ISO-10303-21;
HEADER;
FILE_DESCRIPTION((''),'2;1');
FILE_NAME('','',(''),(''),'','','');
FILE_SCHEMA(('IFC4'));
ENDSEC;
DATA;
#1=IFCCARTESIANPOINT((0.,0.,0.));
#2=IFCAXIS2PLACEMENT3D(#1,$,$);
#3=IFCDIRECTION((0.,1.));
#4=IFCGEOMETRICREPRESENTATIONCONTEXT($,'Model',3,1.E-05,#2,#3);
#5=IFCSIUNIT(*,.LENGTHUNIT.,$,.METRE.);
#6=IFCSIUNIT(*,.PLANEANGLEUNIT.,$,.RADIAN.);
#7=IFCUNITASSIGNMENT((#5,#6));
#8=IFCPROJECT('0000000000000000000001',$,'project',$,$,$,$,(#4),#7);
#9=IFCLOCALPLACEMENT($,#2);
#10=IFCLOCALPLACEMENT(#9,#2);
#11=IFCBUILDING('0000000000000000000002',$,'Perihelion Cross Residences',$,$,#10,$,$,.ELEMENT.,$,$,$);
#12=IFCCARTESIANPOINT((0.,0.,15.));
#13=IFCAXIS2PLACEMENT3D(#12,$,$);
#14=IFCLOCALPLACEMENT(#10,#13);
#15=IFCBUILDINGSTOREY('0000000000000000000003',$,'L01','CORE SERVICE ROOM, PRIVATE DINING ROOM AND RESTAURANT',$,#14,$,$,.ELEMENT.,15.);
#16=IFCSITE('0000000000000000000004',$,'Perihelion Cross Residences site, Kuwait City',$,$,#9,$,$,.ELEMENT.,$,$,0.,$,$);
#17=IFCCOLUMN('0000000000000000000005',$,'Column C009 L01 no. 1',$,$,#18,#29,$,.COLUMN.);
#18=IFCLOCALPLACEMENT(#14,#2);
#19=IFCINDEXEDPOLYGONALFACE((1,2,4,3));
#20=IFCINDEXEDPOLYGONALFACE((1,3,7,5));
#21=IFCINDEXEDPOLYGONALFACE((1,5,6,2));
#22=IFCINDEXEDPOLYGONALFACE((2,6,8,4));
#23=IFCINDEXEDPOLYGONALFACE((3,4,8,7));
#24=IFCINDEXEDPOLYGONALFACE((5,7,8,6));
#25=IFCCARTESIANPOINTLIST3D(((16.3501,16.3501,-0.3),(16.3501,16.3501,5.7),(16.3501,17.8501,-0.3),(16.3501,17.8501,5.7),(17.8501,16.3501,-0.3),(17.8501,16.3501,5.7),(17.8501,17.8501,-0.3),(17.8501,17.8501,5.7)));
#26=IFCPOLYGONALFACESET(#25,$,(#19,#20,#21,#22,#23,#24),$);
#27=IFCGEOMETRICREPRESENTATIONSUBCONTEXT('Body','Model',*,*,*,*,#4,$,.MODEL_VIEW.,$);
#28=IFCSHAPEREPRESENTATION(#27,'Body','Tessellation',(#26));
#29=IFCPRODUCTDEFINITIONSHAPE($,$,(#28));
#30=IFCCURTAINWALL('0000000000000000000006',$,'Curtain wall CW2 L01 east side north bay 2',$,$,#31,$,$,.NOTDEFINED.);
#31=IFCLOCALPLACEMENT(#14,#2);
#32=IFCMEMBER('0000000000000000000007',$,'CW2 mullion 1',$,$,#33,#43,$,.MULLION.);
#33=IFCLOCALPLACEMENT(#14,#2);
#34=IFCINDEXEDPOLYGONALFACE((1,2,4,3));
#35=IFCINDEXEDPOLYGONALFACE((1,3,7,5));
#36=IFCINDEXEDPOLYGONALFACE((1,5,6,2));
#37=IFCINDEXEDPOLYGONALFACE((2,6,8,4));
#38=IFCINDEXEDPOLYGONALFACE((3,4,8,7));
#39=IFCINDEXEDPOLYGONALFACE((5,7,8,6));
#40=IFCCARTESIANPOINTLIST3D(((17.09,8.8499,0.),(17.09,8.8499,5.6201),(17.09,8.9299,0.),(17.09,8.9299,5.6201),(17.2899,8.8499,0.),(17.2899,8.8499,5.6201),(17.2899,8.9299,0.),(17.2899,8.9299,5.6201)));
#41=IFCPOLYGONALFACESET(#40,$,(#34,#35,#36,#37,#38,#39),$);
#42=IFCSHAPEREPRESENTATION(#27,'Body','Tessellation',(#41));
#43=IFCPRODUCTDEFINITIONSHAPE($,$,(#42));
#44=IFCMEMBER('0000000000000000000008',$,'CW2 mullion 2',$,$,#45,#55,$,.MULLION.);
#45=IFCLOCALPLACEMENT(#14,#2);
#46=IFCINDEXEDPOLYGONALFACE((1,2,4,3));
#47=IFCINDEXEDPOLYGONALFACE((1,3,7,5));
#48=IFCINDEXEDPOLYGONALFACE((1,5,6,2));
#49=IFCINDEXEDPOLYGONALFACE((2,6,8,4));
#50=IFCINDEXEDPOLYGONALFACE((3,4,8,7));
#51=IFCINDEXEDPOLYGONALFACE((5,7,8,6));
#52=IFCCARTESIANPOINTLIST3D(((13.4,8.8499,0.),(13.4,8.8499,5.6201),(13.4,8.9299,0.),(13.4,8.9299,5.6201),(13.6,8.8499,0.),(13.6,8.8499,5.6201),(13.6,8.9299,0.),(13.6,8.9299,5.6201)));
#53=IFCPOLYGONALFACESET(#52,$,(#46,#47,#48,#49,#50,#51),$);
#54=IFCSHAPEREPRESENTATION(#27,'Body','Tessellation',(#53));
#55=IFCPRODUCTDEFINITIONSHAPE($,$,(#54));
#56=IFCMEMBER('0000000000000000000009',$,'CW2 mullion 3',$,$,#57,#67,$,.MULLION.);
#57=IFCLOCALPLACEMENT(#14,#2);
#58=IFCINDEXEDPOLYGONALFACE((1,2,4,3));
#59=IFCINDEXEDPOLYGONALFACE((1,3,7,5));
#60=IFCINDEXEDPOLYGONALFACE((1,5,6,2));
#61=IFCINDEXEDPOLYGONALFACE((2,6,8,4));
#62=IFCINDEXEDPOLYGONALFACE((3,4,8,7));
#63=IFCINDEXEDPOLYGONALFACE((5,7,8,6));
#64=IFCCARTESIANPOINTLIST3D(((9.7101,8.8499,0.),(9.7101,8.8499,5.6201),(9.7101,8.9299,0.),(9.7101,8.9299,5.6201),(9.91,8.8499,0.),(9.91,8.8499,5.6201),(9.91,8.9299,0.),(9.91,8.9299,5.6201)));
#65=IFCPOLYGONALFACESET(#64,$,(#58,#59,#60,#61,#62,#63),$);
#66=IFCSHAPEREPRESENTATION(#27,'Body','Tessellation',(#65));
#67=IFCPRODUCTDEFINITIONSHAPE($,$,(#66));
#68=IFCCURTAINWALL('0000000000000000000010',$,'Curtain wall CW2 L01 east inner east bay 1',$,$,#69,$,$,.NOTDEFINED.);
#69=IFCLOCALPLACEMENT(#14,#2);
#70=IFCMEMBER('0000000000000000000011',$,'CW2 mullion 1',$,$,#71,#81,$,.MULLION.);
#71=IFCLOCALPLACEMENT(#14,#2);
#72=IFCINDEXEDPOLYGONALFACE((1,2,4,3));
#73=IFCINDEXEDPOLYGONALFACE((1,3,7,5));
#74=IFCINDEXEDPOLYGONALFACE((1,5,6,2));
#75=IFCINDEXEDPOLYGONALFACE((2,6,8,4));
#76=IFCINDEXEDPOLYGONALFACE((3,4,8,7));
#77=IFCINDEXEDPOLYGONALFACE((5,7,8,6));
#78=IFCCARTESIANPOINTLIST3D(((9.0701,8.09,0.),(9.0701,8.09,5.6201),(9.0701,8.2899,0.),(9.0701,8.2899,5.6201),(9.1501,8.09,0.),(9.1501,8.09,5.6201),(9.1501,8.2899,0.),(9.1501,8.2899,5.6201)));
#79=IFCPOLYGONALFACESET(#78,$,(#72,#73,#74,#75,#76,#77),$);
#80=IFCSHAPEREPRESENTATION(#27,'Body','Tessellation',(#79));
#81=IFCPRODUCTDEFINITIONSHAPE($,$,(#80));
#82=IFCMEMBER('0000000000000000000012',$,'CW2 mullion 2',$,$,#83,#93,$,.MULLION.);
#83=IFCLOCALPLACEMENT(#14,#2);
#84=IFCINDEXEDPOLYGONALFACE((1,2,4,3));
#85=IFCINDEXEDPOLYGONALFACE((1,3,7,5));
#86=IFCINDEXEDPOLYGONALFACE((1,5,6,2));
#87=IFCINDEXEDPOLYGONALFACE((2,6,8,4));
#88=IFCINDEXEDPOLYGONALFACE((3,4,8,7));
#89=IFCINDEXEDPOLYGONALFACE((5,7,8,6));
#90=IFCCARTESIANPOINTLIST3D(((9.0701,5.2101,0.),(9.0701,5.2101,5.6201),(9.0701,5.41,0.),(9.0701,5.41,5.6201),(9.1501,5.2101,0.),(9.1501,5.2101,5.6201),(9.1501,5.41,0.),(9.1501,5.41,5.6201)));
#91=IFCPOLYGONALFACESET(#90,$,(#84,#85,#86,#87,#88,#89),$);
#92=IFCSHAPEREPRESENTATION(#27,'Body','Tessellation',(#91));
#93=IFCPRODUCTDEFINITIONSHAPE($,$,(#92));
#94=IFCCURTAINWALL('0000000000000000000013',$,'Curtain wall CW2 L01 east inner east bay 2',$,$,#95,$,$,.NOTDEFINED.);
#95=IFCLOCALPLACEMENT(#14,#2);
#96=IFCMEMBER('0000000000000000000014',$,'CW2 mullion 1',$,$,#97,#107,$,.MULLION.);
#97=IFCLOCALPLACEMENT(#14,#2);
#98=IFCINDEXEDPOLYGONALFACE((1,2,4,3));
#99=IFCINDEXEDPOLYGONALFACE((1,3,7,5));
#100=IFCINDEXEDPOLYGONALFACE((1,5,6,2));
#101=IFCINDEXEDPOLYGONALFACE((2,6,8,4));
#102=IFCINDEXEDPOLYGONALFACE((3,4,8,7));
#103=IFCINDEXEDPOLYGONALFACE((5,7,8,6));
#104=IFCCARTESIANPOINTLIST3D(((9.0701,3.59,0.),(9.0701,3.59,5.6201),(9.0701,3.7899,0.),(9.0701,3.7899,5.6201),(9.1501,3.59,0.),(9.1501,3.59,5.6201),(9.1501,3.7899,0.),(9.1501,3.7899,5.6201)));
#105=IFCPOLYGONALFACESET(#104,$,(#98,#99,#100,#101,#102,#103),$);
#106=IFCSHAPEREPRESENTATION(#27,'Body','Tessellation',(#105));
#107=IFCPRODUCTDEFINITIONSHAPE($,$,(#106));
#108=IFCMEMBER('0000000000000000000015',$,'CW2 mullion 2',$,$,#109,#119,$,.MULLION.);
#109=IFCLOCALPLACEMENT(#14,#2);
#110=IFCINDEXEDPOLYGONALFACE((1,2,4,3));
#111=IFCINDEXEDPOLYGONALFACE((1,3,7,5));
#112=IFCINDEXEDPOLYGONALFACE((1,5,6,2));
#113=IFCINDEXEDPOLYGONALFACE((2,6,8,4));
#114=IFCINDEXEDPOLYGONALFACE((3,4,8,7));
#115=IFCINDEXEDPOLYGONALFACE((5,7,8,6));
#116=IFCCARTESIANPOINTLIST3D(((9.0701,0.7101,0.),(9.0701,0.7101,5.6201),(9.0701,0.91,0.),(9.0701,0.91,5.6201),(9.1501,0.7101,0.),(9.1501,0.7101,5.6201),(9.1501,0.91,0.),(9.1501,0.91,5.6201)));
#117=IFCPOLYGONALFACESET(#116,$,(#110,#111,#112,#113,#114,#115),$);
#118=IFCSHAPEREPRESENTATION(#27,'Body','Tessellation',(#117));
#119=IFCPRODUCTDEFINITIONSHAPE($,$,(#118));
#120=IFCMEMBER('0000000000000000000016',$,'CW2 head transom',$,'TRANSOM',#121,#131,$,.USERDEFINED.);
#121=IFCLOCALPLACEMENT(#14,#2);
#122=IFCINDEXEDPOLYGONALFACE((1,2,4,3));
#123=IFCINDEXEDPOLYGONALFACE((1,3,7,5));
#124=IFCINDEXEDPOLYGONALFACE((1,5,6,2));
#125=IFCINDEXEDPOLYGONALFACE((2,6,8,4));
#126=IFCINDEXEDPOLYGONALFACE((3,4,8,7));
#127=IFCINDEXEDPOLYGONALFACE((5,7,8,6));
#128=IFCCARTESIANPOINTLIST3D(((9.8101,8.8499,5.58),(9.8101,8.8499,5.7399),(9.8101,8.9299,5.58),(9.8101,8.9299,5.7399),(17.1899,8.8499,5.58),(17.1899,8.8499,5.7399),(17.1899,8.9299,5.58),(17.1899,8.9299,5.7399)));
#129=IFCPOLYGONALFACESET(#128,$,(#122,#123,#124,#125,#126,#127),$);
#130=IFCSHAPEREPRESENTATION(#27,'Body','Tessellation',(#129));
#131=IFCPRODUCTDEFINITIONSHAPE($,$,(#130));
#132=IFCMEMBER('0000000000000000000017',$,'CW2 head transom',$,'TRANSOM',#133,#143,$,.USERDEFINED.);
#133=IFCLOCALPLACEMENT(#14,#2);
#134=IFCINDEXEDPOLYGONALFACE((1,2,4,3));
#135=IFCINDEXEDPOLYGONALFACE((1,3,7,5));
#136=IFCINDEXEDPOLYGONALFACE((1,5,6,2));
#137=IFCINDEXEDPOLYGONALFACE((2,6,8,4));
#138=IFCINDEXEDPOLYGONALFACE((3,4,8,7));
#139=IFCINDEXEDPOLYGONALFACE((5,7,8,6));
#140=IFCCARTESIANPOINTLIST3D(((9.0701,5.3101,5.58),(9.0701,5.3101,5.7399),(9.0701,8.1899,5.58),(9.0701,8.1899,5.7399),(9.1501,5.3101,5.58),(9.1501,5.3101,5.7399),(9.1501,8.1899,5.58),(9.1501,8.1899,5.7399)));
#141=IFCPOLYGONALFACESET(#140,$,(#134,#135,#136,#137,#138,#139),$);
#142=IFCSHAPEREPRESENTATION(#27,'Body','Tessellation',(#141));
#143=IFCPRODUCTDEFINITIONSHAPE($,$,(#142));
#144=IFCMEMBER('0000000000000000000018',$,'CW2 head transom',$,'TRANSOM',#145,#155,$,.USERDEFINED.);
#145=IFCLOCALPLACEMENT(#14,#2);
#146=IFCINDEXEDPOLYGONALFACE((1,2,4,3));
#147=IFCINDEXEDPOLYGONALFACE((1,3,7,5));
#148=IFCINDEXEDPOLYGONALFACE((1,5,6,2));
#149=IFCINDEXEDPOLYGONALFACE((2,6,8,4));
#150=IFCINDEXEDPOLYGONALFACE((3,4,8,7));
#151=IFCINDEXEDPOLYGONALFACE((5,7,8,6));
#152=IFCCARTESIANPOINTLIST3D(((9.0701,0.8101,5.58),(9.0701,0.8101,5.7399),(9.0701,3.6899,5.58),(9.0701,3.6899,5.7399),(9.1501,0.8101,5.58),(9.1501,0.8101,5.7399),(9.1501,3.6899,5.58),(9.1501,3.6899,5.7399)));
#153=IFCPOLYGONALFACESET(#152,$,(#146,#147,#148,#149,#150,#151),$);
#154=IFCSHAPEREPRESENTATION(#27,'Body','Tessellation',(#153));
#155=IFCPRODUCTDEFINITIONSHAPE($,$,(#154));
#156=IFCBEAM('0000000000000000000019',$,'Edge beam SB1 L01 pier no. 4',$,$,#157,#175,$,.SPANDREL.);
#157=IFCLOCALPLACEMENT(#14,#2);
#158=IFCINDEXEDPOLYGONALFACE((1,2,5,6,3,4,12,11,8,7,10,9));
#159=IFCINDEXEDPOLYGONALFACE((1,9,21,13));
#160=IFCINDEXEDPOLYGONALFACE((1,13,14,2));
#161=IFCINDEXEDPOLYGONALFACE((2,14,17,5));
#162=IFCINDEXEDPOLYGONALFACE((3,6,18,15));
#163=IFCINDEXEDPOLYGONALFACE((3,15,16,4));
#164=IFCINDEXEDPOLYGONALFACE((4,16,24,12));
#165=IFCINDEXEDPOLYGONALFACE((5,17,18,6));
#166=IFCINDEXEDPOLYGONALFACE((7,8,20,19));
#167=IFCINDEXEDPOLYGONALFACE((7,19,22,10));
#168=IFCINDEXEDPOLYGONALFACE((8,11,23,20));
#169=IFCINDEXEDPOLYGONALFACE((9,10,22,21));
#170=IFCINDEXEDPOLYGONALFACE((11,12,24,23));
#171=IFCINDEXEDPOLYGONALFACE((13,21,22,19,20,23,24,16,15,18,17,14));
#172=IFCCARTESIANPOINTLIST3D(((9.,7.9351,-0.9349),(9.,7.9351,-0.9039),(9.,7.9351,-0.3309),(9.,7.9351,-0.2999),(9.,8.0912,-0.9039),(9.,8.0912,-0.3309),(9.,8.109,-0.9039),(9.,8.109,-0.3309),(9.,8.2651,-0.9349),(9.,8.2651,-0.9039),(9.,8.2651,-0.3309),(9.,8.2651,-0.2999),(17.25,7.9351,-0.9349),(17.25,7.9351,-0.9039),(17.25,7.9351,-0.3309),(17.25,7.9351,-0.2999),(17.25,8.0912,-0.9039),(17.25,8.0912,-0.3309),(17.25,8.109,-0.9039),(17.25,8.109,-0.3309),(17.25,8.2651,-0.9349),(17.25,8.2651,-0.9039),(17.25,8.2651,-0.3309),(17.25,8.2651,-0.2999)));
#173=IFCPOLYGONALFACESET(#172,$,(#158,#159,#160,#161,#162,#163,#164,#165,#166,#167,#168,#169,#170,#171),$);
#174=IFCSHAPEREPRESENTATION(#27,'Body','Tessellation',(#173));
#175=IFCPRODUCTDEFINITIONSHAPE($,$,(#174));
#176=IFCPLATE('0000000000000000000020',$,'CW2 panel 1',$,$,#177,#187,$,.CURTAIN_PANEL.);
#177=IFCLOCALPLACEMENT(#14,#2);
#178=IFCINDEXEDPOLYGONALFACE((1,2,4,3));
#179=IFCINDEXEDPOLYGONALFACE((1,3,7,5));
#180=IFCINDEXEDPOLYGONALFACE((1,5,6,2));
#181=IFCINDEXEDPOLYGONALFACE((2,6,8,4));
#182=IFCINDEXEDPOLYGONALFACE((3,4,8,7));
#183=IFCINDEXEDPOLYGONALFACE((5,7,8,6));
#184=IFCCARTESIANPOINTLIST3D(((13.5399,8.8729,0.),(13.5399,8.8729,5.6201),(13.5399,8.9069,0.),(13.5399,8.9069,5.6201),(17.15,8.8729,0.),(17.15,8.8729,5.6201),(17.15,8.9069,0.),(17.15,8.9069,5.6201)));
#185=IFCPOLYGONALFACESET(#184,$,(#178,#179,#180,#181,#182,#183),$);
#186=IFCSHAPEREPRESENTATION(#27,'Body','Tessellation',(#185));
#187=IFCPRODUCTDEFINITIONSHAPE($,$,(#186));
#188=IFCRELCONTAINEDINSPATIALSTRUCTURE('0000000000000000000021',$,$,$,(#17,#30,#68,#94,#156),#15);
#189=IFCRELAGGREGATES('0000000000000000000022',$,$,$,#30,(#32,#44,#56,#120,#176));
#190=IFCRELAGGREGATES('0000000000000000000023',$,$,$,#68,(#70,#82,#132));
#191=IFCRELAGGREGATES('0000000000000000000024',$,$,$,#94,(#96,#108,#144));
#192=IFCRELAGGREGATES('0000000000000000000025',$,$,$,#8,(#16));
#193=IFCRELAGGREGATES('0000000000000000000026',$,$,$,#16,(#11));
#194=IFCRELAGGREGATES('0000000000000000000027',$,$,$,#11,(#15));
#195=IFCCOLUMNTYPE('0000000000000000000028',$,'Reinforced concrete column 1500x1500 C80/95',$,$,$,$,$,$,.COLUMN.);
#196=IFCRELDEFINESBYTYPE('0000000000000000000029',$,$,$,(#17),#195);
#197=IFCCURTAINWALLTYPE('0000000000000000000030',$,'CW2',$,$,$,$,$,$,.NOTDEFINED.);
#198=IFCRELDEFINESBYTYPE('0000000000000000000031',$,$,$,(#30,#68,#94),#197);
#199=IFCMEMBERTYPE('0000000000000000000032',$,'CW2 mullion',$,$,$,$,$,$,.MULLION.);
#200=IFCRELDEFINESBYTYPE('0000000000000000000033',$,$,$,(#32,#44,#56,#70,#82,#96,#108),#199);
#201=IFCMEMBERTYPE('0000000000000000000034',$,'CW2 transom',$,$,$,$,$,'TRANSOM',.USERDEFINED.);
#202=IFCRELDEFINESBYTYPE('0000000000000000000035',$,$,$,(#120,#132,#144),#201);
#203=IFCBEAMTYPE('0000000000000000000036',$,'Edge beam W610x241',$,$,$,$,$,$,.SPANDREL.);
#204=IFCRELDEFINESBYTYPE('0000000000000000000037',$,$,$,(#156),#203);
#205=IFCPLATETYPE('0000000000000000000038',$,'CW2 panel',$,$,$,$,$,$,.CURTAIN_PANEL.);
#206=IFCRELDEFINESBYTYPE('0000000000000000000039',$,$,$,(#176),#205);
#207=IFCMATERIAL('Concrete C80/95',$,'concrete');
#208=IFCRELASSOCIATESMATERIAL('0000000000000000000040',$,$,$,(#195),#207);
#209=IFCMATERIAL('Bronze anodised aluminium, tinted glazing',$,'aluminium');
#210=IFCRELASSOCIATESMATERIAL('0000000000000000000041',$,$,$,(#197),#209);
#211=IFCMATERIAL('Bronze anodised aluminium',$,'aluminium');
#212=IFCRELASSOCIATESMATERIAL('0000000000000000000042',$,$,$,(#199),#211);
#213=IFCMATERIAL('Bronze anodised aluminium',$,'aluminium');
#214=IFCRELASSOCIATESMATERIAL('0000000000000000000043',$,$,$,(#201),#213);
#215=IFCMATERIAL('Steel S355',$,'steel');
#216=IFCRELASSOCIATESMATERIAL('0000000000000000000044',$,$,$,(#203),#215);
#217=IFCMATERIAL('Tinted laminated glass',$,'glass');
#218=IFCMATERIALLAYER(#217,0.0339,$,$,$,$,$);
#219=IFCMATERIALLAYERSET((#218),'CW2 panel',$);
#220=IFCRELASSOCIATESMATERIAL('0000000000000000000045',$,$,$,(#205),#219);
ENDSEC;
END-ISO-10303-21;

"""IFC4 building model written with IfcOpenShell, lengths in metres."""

from ifc_helpers import new_model, si_unit, direction, frame, origin, origin_2d, place, context, subcontext, project, spatial, rectangle, i_section, extrude, material, layer, layer_set, material_profile, profile_set, type_object, element, aggregate, save


model = new_model("IFC4")

# Units and contexts
model_context = context("Model", 3, precision=1e-05, world=origin(), true_north=direction((0.0, 1.0)))
body_context = subcontext(model_context, "Body", "Model", "MODEL_VIEW")
ifc_project = project(units=[si_unit("LENGTHUNIT", "METRE"), si_unit("PLANEANGLEUNIT", "RADIAN")], contexts=[model_context])

# Site, building, storey
site_placement = place(None, origin())
site = spatial("IfcSite", under=ifc_project, at=site_placement, Name="Perihelion Cross Residences site, Kuwait City", CompositionType="ELEMENT", RefElevation=0.0)
building_placement = place(site_placement, origin())
building = spatial("IfcBuilding", under=site, at=building_placement, Name="Perihelion Cross Residences", CompositionType="ELEMENT")
storey_placement = place(building_placement, frame((0.0, 0.0, 15.0)))
storey = spatial("IfcBuildingStorey", under=building, at=storey_placement, Name="L01", Description="CORE SERVICE ROOM, PRIVATE DINING ROOM AND RESTAURANT", CompositionType="ELEMENT", Elevation=15.0)

# Column
ifc_material_1 = material(Name="Concrete C80/95", Category="concrete")
ifc_material_profile_1 = material_profile(ifc_material_1, rectangle(XDim=1.5, YDim=1.5, at=origin_2d()), Name="RC 1500x1500")
ifc_profile_set_1 = profile_set([ifc_material_profile_1], Name="Concrete C80/95")
column_type = type_object("IfcColumnType", Name="Reinforced concrete column 1500x1500 C80/95", PredefinedType="COLUMN", material=ifc_profile_set_1)
column_placement = place(storey_placement, frame((17.1001, 17.1001, -0.3), z_axis=(0.0, 0.0, 1.0), x_axis=(1.0, 0.0, 0.0)))
element("IfcColumn", 1, at=column_placement, inside=storey, type_object=column_type, Name="Column C009 L01 no. 1", PredefinedType="COLUMN", context=body_context, shape_type="SweptSolid", body=[
    extrude(rectangle(XDim=1.5, YDim=1.5, at=origin_2d()), origin(), (0.0, 0.0, 1.0), 6.0),
])

# Curtain walls, members
ifc_material_2 = material(Name="Bronze anodised aluminium, tinted glazing", Category="aluminium")
curtain_wall_type = type_object("IfcCurtainWallType", Name="CW2", PredefinedType="NOTDEFINED", material=ifc_material_2)
curtain_wall_1_placement = place(storey_placement, origin())
curtain_wall_1 = element("IfcCurtainWall", 2, at=curtain_wall_1_placement, inside=storey, type_object=curtain_wall_type, Name="Curtain wall CW2 L01 east side north bay 2", PredefinedType="NOTDEFINED")
ifc_material_3 = material(Name="Bronze anodised aluminium", Category="aluminium")
ifc_material_profile_2 = material_profile(ifc_material_3, rectangle(XDim=0.0801, YDim=0.2, at=origin_2d()), Name="CW2 mullion")
ifc_profile_set_2 = profile_set([ifc_material_profile_2], Name="Bronze anodised aluminium")
member_type_1 = type_object("IfcMemberType", Name="CW2 mullion", PredefinedType="MULLION", material=ifc_profile_set_2)
member_1_placement = place(storey_placement, frame((17.1899, 8.8899, 0.0), z_axis=(0.0, 0.0, 1.0), x_axis=(0.0, -1.0, 0.0)))
member_1 = element("IfcMember", 3, at=member_1_placement, type_object=member_type_1, Name="CW2 mullion 1", PredefinedType="MULLION", context=body_context, shape_type="SweptSolid", body=[
    extrude(rectangle(XDim=0.0801, YDim=0.2, at=origin_2d()), origin(), (0.0, 0.0, 1.0), 5.6201),
])
member_2_placement = place(storey_placement, frame((13.5, 8.8899, 0.0), z_axis=(0.0, 0.0, 1.0), x_axis=(0.0, -1.0, 0.0)))
member_2 = element("IfcMember", 4, at=member_2_placement, type_object=member_type_1, Name="CW2 mullion 2", PredefinedType="MULLION", context=body_context, shape_type="SweptSolid", body=[
    extrude(rectangle(XDim=0.0801, YDim=0.2, at=origin_2d()), origin(), (0.0, 0.0, 1.0), 5.6201),
])
member_3_placement = place(storey_placement, frame((9.8101, 8.8899, 0.0), z_axis=(0.0, 0.0, 1.0), x_axis=(0.0, -1.0, 0.0)))
member_3 = element("IfcMember", 5, at=member_3_placement, type_object=member_type_1, Name="CW2 mullion 3", PredefinedType="MULLION", context=body_context, shape_type="SweptSolid", body=[
    extrude(rectangle(XDim=0.0801, YDim=0.2, at=origin_2d()), origin(), (0.0, 0.0, 1.0), 5.6201),
])
curtain_wall_2_placement = place(storey_placement, origin())
curtain_wall_2 = element("IfcCurtainWall", 6, at=curtain_wall_2_placement, inside=storey, type_object=curtain_wall_type, Name="Curtain wall CW2 L01 east inner east bay 1", PredefinedType="NOTDEFINED")
member_4_placement = place(storey_placement, frame((9.1101, 8.1899, 0.0), z_axis=(0.0, 0.0, 1.0), x_axis=(1.0, 0.0, 0.0)))
member_4 = element("IfcMember", 7, at=member_4_placement, type_object=member_type_1, Name="CW2 mullion 1", PredefinedType="MULLION", context=body_context, shape_type="SweptSolid", body=[
    extrude(rectangle(XDim=0.0801, YDim=0.2, at=origin_2d()), origin(), (0.0, 0.0, 1.0), 5.6201),
])
member_5_placement = place(storey_placement, frame((9.1101, 5.3101, 0.0), z_axis=(0.0, 0.0, 1.0), x_axis=(1.0, 0.0, 0.0)))
member_5 = element("IfcMember", 8, at=member_5_placement, type_object=member_type_1, Name="CW2 mullion 2", PredefinedType="MULLION", context=body_context, shape_type="SweptSolid", body=[
    extrude(rectangle(XDim=0.0801, YDim=0.2, at=origin_2d()), origin(), (0.0, 0.0, 1.0), 5.6201),
])
curtain_wall_3_placement = place(storey_placement, origin())
curtain_wall_3 = element("IfcCurtainWall", 9, at=curtain_wall_3_placement, inside=storey, type_object=curtain_wall_type, Name="Curtain wall CW2 L01 east inner east bay 2", PredefinedType="NOTDEFINED")
member_6_placement = place(storey_placement, frame((9.1101, 3.6899, 0.0), z_axis=(0.0, 0.0, 1.0), x_axis=(1.0, 0.0, 0.0)))
member_6 = element("IfcMember", 10, at=member_6_placement, type_object=member_type_1, Name="CW2 mullion 1", PredefinedType="MULLION", context=body_context, shape_type="SweptSolid", body=[
    extrude(rectangle(XDim=0.0801, YDim=0.2, at=origin_2d()), origin(), (0.0, 0.0, 1.0), 5.6201),
])
member_7_placement = place(storey_placement, frame((9.1101, 0.8101, 0.0), z_axis=(0.0, 0.0, 1.0), x_axis=(1.0, 0.0, 0.0)))
member_7 = element("IfcMember", 11, at=member_7_placement, type_object=member_type_1, Name="CW2 mullion 2", PredefinedType="MULLION", context=body_context, shape_type="SweptSolid", body=[
    extrude(rectangle(XDim=0.0801, YDim=0.2, at=origin_2d()), origin(), (0.0, 0.0, 1.0), 5.6201),
])

# Members
ifc_material_4 = material(Name="Bronze anodised aluminium", Category="aluminium")
ifc_material_profile_3 = material_profile(ifc_material_4, rectangle(XDim=0.0801, YDim=0.1599, at=origin_2d()), Name="CW2 transom")
ifc_profile_set_3 = profile_set([ifc_material_profile_3], Name="Bronze anodised aluminium")
member_type_2 = type_object("IfcMemberType", Name="CW2 transom", ElementType="TRANSOM", PredefinedType="USERDEFINED", material=ifc_profile_set_3)
member_8_placement = place(storey_placement, frame((17.1899, 8.8899, 5.6599), z_axis=(-1.0, 0.0, 0.0), x_axis=(0.0, -1.0, 0.0)))
member_8 = element("IfcMember", 12, at=member_8_placement, type_object=member_type_2, Name="CW2 head transom", ObjectType="TRANSOM", PredefinedType="USERDEFINED", context=body_context, shape_type="SweptSolid", body=[
    extrude(rectangle(XDim=0.0801, YDim=0.1599, at=origin_2d()), origin(), (0.0, 0.0, 1.0), 7.3799),
])
member_9_placement = place(storey_placement, frame((9.1101, 8.1899, 5.6599), z_axis=(0.0, -1.0, 0.0), x_axis=(1.0, 0.0, 0.0)))
member_9 = element("IfcMember", 13, at=member_9_placement, type_object=member_type_2, Name="CW2 head transom", ObjectType="TRANSOM", PredefinedType="USERDEFINED", context=body_context, shape_type="SweptSolid", body=[
    extrude(rectangle(XDim=0.0801, YDim=0.1599, at=origin_2d()), origin(), (0.0, 0.0, 1.0), 2.8799),
])
member_10_placement = place(storey_placement, frame((9.1101, 3.6899, 5.6599), z_axis=(0.0, -1.0, 0.0), x_axis=(1.0, 0.0, 0.0)))
member_10 = element("IfcMember", 14, at=member_10_placement, type_object=member_type_2, Name="CW2 head transom", ObjectType="TRANSOM", PredefinedType="USERDEFINED", context=body_context, shape_type="SweptSolid", body=[
    extrude(rectangle(XDim=0.0801, YDim=0.1599, at=origin_2d()), origin(), (0.0, 0.0, 1.0), 2.8799),
])

# Beam
ifc_material_5 = material(Name="Steel S355", Category="steel")
ifc_material_profile_4 = material_profile(ifc_material_5, i_section(OverallWidth=0.3301, OverallDepth=0.635, WebThickness=0.0178, FlangeThickness=0.031, at=origin_2d()), Name="W610x241")
ifc_profile_set_4 = profile_set([ifc_material_profile_4], Name="Steel S355")
beam_type = type_object("IfcBeamType", Name="Edge beam W610x241", PredefinedType="SPANDREL", material=ifc_profile_set_4)
beam_placement = place(storey_placement, frame((9.0, 8.1001, -0.6174), z_axis=(1.0, 0.0, 0.0), x_axis=(0.0, 1.0, 0.0)))
element("IfcBeam", 15, at=beam_placement, inside=storey, type_object=beam_type, Name="Edge beam SB1 L01 pier no. 4", PredefinedType="SPANDREL", context=body_context, shape_type="SweptSolid", body=[
    extrude(i_section(OverallWidth=0.3301, OverallDepth=0.635, WebThickness=0.0178, FlangeThickness=0.031, at=origin_2d()), origin(), (0.0, 0.0, 1.0), 8.25),
])

# Plate
ifc_material_6 = material(Name="Tinted laminated glass", Category="glass")
ifc_layer_1 = layer(ifc_material_6, 0.0339)
ifc_layer_set_1 = layer_set([ifc_layer_1], Name="CW2 panel")
plate_type = type_object("IfcPlateType", Name="CW2 panel", PredefinedType="CURTAIN_PANEL", material=ifc_layer_set_1)
plate_1_placement = place(storey_placement, frame((15.345, 8.8899, 0.0), z_axis=(0.0, 0.0, 1.0), x_axis=(-1.0, 0.0, 0.0)))
plate_1 = element("IfcPlate", 16, at=plate_1_placement, type_object=plate_type, Name="CW2 panel 1", PredefinedType="CURTAIN_PANEL", context=body_context, shape_type="SweptSolid", body=[
    extrude(rectangle(XDim=3.6101, YDim=0.0339, at=origin_2d()), origin(), (0.0, 0.0, 1.0), 5.6201),
])
aggregate(curtain_wall_1, [member_1, member_2, member_3, member_8, plate_1])
aggregate(curtain_wall_2, [member_4, member_5, member_9])
aggregate(curtain_wall_3, [member_6, member_7, member_10])

save(model, "model.ifc")
